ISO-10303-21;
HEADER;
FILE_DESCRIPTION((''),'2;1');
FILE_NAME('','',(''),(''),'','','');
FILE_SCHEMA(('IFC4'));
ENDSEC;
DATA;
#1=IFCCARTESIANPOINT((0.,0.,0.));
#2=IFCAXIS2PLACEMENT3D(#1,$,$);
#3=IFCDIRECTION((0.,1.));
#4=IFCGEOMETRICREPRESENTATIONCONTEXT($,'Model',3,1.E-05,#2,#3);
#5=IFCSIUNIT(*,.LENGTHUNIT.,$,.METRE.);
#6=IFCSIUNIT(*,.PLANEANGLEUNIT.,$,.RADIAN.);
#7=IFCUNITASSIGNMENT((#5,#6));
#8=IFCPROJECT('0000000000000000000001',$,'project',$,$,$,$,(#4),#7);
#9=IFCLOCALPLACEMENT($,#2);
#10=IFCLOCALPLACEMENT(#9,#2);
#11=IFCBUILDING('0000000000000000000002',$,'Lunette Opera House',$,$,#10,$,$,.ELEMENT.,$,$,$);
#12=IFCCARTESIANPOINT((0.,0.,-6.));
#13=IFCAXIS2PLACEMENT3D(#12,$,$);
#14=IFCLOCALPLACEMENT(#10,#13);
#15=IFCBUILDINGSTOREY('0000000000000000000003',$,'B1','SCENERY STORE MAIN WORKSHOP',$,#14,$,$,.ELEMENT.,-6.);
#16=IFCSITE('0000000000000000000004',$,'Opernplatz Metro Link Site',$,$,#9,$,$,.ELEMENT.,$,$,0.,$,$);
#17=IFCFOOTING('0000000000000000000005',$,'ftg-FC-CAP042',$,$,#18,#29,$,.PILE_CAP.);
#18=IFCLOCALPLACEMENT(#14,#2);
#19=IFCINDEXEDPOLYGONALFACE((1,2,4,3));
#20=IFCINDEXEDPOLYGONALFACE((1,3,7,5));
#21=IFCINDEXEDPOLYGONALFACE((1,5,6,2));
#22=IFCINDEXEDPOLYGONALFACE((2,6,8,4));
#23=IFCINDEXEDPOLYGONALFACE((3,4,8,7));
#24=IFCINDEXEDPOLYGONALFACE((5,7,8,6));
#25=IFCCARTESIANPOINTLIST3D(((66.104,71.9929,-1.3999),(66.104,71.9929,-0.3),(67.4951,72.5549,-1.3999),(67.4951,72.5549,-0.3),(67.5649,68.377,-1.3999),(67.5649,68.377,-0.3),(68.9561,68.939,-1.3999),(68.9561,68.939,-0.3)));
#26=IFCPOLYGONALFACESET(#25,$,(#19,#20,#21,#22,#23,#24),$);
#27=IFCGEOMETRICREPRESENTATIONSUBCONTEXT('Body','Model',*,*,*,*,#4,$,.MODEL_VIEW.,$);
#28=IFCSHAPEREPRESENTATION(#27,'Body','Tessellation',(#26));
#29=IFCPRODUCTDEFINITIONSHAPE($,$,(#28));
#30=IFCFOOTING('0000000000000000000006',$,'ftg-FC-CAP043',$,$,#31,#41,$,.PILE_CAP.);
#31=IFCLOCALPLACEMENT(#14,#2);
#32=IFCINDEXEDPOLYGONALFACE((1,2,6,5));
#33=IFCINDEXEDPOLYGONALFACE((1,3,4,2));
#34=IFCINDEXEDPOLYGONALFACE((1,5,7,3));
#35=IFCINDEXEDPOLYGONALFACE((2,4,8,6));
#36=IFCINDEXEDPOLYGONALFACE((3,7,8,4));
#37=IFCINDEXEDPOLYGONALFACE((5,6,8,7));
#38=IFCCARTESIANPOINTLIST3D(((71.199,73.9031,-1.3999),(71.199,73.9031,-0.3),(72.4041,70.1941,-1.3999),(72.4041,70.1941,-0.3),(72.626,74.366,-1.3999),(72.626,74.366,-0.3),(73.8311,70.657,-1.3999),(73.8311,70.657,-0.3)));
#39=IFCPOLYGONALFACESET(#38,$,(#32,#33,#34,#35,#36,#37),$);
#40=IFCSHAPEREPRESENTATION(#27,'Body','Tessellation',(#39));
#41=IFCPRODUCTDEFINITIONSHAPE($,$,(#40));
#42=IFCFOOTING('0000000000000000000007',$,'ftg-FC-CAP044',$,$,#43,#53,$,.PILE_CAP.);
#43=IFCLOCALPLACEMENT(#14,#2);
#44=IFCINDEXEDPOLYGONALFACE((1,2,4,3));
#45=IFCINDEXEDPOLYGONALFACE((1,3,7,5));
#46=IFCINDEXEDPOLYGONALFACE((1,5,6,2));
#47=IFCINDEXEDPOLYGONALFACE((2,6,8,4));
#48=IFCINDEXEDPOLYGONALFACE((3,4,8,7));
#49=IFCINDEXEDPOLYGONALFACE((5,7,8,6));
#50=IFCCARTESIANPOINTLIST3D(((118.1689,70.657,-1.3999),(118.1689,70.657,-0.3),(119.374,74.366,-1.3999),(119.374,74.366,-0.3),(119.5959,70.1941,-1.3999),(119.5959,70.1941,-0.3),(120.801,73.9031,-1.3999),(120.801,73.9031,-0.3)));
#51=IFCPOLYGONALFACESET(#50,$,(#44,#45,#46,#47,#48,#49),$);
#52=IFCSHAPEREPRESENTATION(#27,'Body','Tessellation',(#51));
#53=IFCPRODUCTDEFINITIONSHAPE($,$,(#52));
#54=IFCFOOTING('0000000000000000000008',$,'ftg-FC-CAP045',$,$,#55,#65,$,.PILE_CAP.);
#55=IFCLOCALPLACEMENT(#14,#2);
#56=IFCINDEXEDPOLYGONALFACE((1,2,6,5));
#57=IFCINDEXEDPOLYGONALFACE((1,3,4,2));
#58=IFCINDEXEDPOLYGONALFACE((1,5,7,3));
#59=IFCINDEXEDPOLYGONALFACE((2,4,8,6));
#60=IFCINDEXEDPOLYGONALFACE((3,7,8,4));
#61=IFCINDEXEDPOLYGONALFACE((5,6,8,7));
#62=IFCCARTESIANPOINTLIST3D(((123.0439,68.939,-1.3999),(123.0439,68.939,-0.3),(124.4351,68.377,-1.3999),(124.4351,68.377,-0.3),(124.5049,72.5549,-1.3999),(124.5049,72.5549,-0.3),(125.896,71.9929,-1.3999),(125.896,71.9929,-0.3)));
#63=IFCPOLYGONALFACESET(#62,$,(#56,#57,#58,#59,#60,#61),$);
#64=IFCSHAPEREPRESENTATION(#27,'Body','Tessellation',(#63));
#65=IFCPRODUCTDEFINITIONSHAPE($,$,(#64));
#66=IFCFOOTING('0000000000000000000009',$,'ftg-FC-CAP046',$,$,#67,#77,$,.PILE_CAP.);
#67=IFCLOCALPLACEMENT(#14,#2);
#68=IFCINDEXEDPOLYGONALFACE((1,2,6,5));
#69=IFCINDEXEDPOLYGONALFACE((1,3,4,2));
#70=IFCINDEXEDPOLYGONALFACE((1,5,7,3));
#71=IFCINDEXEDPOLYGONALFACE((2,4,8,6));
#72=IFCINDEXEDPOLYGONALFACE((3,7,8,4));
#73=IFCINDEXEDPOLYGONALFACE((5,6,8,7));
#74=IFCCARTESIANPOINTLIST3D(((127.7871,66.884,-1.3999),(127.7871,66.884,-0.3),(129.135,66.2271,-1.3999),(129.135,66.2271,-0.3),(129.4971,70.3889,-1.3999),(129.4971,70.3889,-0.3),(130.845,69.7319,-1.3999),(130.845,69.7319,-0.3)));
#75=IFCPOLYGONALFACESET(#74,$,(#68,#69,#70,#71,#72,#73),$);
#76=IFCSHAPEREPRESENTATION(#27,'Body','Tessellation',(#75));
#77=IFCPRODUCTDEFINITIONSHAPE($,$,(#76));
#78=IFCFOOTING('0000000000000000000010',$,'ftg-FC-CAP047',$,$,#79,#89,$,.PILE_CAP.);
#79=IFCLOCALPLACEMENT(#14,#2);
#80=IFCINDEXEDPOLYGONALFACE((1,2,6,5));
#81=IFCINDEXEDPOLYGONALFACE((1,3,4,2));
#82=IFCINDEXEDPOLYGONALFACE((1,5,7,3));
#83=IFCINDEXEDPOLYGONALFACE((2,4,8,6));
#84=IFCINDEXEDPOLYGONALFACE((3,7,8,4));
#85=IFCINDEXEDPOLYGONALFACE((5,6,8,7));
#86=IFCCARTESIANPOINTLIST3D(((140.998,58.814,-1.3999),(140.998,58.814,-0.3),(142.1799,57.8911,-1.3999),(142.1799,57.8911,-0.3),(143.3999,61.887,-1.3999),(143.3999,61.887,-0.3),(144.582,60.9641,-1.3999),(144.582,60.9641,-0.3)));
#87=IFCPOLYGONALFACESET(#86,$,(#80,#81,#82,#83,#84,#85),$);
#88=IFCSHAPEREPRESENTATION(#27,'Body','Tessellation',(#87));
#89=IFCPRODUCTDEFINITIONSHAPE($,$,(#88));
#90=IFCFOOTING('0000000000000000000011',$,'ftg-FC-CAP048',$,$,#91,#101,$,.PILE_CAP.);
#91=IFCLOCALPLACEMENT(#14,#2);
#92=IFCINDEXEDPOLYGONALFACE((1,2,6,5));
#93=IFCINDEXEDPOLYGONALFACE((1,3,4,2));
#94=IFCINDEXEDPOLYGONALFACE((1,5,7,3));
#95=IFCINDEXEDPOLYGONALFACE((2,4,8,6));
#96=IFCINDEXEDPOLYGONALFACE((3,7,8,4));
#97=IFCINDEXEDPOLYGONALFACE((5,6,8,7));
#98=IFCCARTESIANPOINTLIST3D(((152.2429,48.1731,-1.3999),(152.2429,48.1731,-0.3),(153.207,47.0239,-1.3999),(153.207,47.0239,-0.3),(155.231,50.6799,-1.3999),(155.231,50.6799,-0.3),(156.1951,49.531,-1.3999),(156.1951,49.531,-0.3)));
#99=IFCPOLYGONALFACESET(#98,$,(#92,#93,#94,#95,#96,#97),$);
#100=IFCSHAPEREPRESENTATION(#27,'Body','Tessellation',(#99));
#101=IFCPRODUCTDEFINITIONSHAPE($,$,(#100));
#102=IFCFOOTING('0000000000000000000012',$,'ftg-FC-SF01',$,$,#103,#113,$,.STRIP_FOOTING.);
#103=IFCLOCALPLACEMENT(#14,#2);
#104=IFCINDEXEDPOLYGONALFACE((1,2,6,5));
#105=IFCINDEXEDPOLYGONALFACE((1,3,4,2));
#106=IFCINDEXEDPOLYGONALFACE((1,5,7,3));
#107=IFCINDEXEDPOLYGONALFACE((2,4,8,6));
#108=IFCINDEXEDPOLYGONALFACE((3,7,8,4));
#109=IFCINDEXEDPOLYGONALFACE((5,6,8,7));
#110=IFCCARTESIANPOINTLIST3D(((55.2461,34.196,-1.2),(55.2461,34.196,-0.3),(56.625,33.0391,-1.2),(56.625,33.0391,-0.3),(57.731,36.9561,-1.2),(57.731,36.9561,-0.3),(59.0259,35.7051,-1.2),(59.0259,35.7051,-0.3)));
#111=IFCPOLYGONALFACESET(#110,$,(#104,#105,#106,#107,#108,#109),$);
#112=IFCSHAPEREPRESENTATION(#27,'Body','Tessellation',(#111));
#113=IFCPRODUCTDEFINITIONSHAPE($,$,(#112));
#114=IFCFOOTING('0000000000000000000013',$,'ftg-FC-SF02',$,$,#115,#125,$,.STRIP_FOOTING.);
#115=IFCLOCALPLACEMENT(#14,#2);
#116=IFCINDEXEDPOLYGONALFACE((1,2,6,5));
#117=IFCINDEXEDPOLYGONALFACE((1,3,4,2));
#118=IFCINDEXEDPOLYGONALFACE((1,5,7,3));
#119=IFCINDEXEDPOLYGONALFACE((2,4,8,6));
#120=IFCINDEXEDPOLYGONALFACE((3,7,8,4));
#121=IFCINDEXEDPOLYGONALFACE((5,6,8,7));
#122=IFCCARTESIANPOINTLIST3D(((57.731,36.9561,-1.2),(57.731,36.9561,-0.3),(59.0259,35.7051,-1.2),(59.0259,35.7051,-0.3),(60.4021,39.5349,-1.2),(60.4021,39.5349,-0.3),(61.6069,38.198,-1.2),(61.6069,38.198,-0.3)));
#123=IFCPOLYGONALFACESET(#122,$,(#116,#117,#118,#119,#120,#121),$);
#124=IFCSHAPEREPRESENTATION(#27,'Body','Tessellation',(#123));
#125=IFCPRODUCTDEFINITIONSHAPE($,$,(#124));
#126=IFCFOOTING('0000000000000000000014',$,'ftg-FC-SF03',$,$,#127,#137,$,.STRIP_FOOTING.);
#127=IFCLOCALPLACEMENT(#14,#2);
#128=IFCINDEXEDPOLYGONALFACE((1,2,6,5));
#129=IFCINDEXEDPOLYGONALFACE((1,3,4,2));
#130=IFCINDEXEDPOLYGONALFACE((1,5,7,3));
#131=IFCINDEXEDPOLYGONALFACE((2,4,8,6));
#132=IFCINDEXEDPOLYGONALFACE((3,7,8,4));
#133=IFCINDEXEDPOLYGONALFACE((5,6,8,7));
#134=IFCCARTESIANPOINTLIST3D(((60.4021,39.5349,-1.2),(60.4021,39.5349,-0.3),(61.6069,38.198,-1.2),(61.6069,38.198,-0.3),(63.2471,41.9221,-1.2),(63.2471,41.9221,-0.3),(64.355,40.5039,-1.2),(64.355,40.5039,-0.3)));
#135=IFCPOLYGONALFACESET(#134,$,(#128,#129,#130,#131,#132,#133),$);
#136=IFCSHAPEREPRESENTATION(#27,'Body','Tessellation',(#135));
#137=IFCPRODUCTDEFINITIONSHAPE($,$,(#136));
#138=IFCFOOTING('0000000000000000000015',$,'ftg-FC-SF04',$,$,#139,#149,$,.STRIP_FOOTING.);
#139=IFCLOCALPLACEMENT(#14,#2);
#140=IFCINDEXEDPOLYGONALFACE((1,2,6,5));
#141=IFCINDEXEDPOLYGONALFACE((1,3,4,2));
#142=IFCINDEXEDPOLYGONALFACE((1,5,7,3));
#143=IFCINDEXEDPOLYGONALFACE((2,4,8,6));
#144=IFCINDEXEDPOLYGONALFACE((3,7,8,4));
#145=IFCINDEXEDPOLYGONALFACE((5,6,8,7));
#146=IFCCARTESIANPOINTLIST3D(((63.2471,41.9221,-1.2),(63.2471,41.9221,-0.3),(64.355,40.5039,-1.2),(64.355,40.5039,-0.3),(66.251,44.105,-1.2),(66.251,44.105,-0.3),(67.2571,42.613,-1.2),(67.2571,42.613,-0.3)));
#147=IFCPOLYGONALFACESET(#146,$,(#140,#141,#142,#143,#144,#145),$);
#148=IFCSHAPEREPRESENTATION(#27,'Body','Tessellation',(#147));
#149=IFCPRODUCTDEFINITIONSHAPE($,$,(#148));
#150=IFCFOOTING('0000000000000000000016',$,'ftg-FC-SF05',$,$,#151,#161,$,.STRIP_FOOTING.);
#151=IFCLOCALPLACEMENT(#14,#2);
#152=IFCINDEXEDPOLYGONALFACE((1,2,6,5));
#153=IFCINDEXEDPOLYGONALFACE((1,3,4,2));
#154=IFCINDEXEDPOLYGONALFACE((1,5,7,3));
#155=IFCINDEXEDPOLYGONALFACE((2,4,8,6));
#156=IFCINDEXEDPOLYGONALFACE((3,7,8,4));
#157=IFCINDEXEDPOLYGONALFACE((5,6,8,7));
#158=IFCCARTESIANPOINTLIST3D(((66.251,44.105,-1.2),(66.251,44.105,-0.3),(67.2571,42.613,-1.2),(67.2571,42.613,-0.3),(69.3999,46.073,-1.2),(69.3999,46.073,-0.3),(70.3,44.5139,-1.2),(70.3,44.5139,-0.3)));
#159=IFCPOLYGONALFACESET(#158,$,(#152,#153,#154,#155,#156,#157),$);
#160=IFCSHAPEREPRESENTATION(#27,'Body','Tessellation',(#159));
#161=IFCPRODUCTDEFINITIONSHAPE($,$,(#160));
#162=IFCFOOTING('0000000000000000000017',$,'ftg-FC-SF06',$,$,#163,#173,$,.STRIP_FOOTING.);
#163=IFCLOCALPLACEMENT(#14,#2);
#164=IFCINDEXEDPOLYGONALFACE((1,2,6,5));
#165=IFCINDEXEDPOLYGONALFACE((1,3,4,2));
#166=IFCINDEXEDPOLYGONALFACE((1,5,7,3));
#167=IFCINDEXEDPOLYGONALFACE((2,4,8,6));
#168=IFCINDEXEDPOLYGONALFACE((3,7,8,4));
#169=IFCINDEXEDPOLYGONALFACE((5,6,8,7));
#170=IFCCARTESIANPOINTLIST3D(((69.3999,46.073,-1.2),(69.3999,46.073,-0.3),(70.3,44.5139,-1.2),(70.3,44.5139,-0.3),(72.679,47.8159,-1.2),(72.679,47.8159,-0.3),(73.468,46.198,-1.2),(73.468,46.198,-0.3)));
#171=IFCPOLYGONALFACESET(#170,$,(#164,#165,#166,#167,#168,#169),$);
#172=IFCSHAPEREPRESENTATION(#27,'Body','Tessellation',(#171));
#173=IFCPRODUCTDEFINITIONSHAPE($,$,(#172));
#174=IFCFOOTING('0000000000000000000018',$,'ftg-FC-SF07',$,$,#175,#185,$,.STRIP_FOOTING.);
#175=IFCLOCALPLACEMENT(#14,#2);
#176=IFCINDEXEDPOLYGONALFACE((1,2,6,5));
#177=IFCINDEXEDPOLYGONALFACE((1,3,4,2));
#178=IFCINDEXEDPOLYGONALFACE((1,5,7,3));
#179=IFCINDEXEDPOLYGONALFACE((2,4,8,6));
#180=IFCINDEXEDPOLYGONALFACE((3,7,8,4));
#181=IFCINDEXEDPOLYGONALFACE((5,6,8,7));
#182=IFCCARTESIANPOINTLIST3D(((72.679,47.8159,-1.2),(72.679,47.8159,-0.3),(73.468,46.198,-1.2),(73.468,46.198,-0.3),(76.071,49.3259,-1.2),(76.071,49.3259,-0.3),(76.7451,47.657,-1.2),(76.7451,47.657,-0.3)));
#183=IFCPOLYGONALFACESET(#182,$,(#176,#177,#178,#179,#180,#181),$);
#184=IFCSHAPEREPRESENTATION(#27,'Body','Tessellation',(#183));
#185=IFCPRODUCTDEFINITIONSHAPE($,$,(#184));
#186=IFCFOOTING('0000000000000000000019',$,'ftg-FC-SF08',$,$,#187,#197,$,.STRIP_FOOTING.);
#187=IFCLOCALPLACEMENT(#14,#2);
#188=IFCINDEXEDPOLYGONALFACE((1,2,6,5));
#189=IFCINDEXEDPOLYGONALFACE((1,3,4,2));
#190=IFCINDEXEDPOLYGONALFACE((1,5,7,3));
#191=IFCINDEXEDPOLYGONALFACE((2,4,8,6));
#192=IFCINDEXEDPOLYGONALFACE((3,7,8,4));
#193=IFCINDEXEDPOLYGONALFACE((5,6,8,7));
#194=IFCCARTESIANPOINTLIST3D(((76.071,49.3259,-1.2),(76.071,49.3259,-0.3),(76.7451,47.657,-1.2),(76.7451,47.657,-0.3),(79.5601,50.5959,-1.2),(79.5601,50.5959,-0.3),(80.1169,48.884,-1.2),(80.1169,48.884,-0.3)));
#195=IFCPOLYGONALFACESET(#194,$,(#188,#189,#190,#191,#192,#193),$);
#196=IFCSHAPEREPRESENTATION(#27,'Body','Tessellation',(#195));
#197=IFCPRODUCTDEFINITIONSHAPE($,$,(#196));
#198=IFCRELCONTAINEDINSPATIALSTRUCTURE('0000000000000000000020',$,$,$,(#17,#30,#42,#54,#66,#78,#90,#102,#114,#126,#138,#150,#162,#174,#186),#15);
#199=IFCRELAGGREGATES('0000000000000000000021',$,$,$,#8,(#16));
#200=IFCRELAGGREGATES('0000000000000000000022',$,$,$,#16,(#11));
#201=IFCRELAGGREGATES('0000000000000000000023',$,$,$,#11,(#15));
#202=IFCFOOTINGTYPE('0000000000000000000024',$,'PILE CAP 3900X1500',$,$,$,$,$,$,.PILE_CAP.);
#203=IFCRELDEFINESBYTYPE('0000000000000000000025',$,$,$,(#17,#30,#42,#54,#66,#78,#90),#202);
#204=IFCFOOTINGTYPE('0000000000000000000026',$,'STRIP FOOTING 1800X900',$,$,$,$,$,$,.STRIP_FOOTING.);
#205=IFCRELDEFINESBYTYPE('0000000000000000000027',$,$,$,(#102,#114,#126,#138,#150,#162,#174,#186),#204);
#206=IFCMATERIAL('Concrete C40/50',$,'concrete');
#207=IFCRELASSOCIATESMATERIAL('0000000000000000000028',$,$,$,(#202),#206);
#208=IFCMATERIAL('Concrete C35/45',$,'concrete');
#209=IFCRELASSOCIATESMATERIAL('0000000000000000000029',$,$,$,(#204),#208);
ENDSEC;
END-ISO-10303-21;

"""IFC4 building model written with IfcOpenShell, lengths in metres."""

from ifc_helpers import new_model, si_unit, direction, frame, origin, place, context, subcontext, project, spatial, polyline, outline, extrude, material, type_object, element, save


model = new_model("IFC4")

# Units and contexts
model_context = context("Model", 3, precision=1e-05, world=origin(), true_north=direction((0.0, 1.0)))
body_context = subcontext(model_context, "Body", "Model", "MODEL_VIEW")
ifc_project = project(units=[si_unit("LENGTHUNIT", "METRE"), si_unit("PLANEANGLEUNIT", "RADIAN")], contexts=[model_context])

# Site, building, storey
site_placement = place(None, origin())
site = spatial("IfcSite", under=ifc_project, at=site_placement, Name="Opernplatz Metro Link Site", CompositionType="ELEMENT", RefElevation=0.0)
building_placement = place(site_placement, origin())
building = spatial("IfcBuilding", under=site, at=building_placement, Name="Lunette Opera House", CompositionType="ELEMENT")
storey_placement = place(building_placement, frame((0.0, 0.0, -6.0)))
storey = spatial("IfcBuildingStorey", under=building, at=storey_placement, Name="B1", Description="SCENERY STORE MAIN WORKSHOP", CompositionType="ELEMENT", Elevation=-6.0)

# Footings
ifc_material_1 = material(Name="Concrete C40/50", Category="concrete")
footing_type_1 = type_object("IfcFootingType", Name="PILE CAP 3900X1500", PredefinedType="PILE_CAP", material=ifc_material_1)
footing_1_placement = place(storey_placement, frame((0.0, 0.0, -1.3999)))
element("IfcFooting", 1, at=footing_1_placement, inside=storey, type_object=footing_type_1, Name="ftg-FC-CAP042", PredefinedType="PILE_CAP", context=body_context, shape_type="SweptSolid", body=[
    extrude(outline(polyline([(67.5649, 68.377), (68.9561, 68.939), (67.4951, 72.5549), (66.104, 71.9929), (67.5649, 68.377)])), origin(), (0.0, 0.0, 1.0), 1.0999),
])
footing_2_placement = place(storey_placement, frame((0.0, 0.0, -1.3999)))
element("IfcFooting", 2, at=footing_2_placement, inside=storey, type_object=footing_type_1, Name="ftg-FC-CAP043", PredefinedType="PILE_CAP", context=body_context, shape_type="SweptSolid", body=[
    extrude(outline(polyline([(72.4041, 70.1941), (73.8311, 70.657), (72.626, 74.366), (71.199, 73.9031), (72.4041, 70.1941)])), origin(), (0.0, 0.0, 1.0), 1.0999),
])
footing_3_placement = place(storey_placement, frame((0.0, 0.0, -1.3999)))
element("IfcFooting", 3, at=footing_3_placement, inside=storey, type_object=footing_type_1, Name="ftg-FC-CAP044", PredefinedType="PILE_CAP", context=body_context, shape_type="SweptSolid", body=[
    extrude(outline(polyline([(118.1689, 70.657), (119.5959, 70.1941), (120.801, 73.9031), (119.374, 74.366), (118.1689, 70.657)])), origin(), (0.0, 0.0, 1.0), 1.0999),
])
footing_4_placement = place(storey_placement, frame((0.0, 0.0, -1.3999)))
element("IfcFooting", 4, at=footing_4_placement, inside=storey, type_object=footing_type_1, Name="ftg-FC-CAP045", PredefinedType="PILE_CAP", context=body_context, shape_type="SweptSolid", body=[
    extrude(outline(polyline([(123.0439, 68.939), (124.4351, 68.377), (125.896, 71.9929), (124.5049, 72.5549), (123.0439, 68.939)])), origin(), (0.0, 0.0, 1.0), 1.0999),
])
footing_5_placement = place(storey_placement, frame((0.0, 0.0, -1.3999)))
element("IfcFooting", 5, at=footing_5_placement, inside=storey, type_object=footing_type_1, Name="ftg-FC-CAP046", PredefinedType="PILE_CAP", context=body_context, shape_type="SweptSolid", body=[
    extrude(outline(polyline([(127.7871, 66.884), (129.135, 66.2271), (130.845, 69.7319), (129.4971, 70.3889), (127.7871, 66.884)])), origin(), (0.0, 0.0, 1.0), 1.0999),
])
footing_6_placement = place(storey_placement, frame((0.0, 0.0, -1.3999)))
element("IfcFooting", 6, at=footing_6_placement, inside=storey, type_object=footing_type_1, Name="ftg-FC-CAP047", PredefinedType="PILE_CAP", context=body_context, shape_type="SweptSolid", body=[
    extrude(outline(polyline([(140.998, 58.814), (142.1799, 57.8911), (144.582, 60.9641), (143.3999, 61.887), (140.998, 58.814)])), origin(), (0.0, 0.0, 1.0), 1.0999),
])
footing_7_placement = place(storey_placement, frame((0.0, 0.0, -1.3999)))
element("IfcFooting", 7, at=footing_7_placement, inside=storey, type_object=footing_type_1, Name="ftg-FC-CAP048", PredefinedType="PILE_CAP", context=body_context, shape_type="SweptSolid", body=[
    extrude(outline(polyline([(152.2429, 48.1731), (153.207, 47.0239), (156.1951, 49.531), (155.231, 50.6799), (152.2429, 48.1731)])), origin(), (0.0, 0.0, 1.0), 1.0999),
])
ifc_material_2 = material(Name="Concrete C35/45", Category="concrete")
footing_type_2 = type_object("IfcFootingType", Name="STRIP FOOTING 1800X900", PredefinedType="STRIP_FOOTING", material=ifc_material_2)
footing_8_placement = place(storey_placement, frame((0.0, 0.0, -1.2)))
element("IfcFooting", 8, at=footing_8_placement, inside=storey, type_object=footing_type_2, Name="ftg-FC-SF01", PredefinedType="STRIP_FOOTING", context=body_context, shape_type="SweptSolid", body=[
    extrude(outline(polyline([(56.625, 33.0391), (59.0259, 35.7051), (57.731, 36.9561), (55.2461, 34.196), (56.625, 33.0391)])), origin(), (0.0, 0.0, 1.0), 0.8999),
])
footing_9_placement = place(storey_placement, frame((0.0, 0.0, -1.2)))
element("IfcFooting", 9, at=footing_9_placement, inside=storey, type_object=footing_type_2, Name="ftg-FC-SF02", PredefinedType="STRIP_FOOTING", context=body_context, shape_type="SweptSolid", body=[
    extrude(outline(polyline([(59.0259, 35.7051), (61.6069, 38.198), (60.4021, 39.5349), (57.731, 36.9561), (59.0259, 35.7051)])), origin(), (0.0, 0.0, 1.0), 0.8999),
])
footing_10_placement = place(storey_placement, frame((0.0, 0.0, -1.2)))
element("IfcFooting", 10, at=footing_10_placement, inside=storey, type_object=footing_type_2, Name="ftg-FC-SF03", PredefinedType="STRIP_FOOTING", context=body_context, shape_type="SweptSolid", body=[
    extrude(outline(polyline([(61.6069, 38.198), (64.355, 40.5039), (63.2471, 41.9221), (60.4021, 39.5349), (61.6069, 38.198)])), origin(), (0.0, 0.0, 1.0), 0.8999),
])
footing_11_placement = place(storey_placement, frame((0.0, 0.0, -1.2)))
element("IfcFooting", 11, at=footing_11_placement, inside=storey, type_object=footing_type_2, Name="ftg-FC-SF04", PredefinedType="STRIP_FOOTING", context=body_context, shape_type="SweptSolid", body=[
    extrude(outline(polyline([(64.355, 40.5039), (67.2571, 42.613), (66.251, 44.105), (63.2471, 41.9221), (64.355, 40.5039)])), origin(), (0.0, 0.0, 1.0), 0.8999),
])
footing_12_placement = place(storey_placement, frame((0.0, 0.0, -1.2)))
element("IfcFooting", 12, at=footing_12_placement, inside=storey, type_object=footing_type_2, Name="ftg-FC-SF05", PredefinedType="STRIP_FOOTING", context=body_context, shape_type="SweptSolid", body=[
    extrude(outline(polyline([(67.2571, 42.613), (70.3, 44.5139), (69.3999, 46.073), (66.251, 44.105), (67.2571, 42.613)])), origin(), (0.0, 0.0, 1.0), 0.8999),
])
footing_13_placement = place(storey_placement, frame((0.0, 0.0, -1.2)))
element("IfcFooting", 13, at=footing_13_placement, inside=storey, type_object=footing_type_2, Name="ftg-FC-SF06", PredefinedType="STRIP_FOOTING", context=body_context, shape_type="SweptSolid", body=[
    extrude(outline(polyline([(70.3, 44.5139), (73.468, 46.198), (72.679, 47.8159), (69.3999, 46.073), (70.3, 44.5139)])), origin(), (0.0, 0.0, 1.0), 0.8999),
])
footing_14_placement = place(storey_placement, frame((0.0, 0.0, -1.2)))
element("IfcFooting", 14, at=footing_14_placement, inside=storey, type_object=footing_type_2, Name="ftg-FC-SF07", PredefinedType="STRIP_FOOTING", context=body_context, shape_type="SweptSolid", body=[
    extrude(outline(polyline([(73.468, 46.198), (76.7451, 47.657), (76.071, 49.3259), (72.679, 47.8159), (73.468, 46.198)])), origin(), (0.0, 0.0, 1.0), 0.8999),
])
footing_15_placement = place(storey_placement, frame((0.0, 0.0, -1.2)))
element("IfcFooting", 15, at=footing_15_placement, inside=storey, type_object=footing_type_2, Name="ftg-FC-SF08", PredefinedType="STRIP_FOOTING", context=body_context, shape_type="SweptSolid", body=[
    extrude(outline(polyline([(76.7451, 47.657), (80.1169, 48.884), (79.5601, 50.5959), (76.071, 49.3259), (76.7451, 47.657)])), origin(), (0.0, 0.0, 1.0), 0.8999),
])

save(model, "model.ifc")
